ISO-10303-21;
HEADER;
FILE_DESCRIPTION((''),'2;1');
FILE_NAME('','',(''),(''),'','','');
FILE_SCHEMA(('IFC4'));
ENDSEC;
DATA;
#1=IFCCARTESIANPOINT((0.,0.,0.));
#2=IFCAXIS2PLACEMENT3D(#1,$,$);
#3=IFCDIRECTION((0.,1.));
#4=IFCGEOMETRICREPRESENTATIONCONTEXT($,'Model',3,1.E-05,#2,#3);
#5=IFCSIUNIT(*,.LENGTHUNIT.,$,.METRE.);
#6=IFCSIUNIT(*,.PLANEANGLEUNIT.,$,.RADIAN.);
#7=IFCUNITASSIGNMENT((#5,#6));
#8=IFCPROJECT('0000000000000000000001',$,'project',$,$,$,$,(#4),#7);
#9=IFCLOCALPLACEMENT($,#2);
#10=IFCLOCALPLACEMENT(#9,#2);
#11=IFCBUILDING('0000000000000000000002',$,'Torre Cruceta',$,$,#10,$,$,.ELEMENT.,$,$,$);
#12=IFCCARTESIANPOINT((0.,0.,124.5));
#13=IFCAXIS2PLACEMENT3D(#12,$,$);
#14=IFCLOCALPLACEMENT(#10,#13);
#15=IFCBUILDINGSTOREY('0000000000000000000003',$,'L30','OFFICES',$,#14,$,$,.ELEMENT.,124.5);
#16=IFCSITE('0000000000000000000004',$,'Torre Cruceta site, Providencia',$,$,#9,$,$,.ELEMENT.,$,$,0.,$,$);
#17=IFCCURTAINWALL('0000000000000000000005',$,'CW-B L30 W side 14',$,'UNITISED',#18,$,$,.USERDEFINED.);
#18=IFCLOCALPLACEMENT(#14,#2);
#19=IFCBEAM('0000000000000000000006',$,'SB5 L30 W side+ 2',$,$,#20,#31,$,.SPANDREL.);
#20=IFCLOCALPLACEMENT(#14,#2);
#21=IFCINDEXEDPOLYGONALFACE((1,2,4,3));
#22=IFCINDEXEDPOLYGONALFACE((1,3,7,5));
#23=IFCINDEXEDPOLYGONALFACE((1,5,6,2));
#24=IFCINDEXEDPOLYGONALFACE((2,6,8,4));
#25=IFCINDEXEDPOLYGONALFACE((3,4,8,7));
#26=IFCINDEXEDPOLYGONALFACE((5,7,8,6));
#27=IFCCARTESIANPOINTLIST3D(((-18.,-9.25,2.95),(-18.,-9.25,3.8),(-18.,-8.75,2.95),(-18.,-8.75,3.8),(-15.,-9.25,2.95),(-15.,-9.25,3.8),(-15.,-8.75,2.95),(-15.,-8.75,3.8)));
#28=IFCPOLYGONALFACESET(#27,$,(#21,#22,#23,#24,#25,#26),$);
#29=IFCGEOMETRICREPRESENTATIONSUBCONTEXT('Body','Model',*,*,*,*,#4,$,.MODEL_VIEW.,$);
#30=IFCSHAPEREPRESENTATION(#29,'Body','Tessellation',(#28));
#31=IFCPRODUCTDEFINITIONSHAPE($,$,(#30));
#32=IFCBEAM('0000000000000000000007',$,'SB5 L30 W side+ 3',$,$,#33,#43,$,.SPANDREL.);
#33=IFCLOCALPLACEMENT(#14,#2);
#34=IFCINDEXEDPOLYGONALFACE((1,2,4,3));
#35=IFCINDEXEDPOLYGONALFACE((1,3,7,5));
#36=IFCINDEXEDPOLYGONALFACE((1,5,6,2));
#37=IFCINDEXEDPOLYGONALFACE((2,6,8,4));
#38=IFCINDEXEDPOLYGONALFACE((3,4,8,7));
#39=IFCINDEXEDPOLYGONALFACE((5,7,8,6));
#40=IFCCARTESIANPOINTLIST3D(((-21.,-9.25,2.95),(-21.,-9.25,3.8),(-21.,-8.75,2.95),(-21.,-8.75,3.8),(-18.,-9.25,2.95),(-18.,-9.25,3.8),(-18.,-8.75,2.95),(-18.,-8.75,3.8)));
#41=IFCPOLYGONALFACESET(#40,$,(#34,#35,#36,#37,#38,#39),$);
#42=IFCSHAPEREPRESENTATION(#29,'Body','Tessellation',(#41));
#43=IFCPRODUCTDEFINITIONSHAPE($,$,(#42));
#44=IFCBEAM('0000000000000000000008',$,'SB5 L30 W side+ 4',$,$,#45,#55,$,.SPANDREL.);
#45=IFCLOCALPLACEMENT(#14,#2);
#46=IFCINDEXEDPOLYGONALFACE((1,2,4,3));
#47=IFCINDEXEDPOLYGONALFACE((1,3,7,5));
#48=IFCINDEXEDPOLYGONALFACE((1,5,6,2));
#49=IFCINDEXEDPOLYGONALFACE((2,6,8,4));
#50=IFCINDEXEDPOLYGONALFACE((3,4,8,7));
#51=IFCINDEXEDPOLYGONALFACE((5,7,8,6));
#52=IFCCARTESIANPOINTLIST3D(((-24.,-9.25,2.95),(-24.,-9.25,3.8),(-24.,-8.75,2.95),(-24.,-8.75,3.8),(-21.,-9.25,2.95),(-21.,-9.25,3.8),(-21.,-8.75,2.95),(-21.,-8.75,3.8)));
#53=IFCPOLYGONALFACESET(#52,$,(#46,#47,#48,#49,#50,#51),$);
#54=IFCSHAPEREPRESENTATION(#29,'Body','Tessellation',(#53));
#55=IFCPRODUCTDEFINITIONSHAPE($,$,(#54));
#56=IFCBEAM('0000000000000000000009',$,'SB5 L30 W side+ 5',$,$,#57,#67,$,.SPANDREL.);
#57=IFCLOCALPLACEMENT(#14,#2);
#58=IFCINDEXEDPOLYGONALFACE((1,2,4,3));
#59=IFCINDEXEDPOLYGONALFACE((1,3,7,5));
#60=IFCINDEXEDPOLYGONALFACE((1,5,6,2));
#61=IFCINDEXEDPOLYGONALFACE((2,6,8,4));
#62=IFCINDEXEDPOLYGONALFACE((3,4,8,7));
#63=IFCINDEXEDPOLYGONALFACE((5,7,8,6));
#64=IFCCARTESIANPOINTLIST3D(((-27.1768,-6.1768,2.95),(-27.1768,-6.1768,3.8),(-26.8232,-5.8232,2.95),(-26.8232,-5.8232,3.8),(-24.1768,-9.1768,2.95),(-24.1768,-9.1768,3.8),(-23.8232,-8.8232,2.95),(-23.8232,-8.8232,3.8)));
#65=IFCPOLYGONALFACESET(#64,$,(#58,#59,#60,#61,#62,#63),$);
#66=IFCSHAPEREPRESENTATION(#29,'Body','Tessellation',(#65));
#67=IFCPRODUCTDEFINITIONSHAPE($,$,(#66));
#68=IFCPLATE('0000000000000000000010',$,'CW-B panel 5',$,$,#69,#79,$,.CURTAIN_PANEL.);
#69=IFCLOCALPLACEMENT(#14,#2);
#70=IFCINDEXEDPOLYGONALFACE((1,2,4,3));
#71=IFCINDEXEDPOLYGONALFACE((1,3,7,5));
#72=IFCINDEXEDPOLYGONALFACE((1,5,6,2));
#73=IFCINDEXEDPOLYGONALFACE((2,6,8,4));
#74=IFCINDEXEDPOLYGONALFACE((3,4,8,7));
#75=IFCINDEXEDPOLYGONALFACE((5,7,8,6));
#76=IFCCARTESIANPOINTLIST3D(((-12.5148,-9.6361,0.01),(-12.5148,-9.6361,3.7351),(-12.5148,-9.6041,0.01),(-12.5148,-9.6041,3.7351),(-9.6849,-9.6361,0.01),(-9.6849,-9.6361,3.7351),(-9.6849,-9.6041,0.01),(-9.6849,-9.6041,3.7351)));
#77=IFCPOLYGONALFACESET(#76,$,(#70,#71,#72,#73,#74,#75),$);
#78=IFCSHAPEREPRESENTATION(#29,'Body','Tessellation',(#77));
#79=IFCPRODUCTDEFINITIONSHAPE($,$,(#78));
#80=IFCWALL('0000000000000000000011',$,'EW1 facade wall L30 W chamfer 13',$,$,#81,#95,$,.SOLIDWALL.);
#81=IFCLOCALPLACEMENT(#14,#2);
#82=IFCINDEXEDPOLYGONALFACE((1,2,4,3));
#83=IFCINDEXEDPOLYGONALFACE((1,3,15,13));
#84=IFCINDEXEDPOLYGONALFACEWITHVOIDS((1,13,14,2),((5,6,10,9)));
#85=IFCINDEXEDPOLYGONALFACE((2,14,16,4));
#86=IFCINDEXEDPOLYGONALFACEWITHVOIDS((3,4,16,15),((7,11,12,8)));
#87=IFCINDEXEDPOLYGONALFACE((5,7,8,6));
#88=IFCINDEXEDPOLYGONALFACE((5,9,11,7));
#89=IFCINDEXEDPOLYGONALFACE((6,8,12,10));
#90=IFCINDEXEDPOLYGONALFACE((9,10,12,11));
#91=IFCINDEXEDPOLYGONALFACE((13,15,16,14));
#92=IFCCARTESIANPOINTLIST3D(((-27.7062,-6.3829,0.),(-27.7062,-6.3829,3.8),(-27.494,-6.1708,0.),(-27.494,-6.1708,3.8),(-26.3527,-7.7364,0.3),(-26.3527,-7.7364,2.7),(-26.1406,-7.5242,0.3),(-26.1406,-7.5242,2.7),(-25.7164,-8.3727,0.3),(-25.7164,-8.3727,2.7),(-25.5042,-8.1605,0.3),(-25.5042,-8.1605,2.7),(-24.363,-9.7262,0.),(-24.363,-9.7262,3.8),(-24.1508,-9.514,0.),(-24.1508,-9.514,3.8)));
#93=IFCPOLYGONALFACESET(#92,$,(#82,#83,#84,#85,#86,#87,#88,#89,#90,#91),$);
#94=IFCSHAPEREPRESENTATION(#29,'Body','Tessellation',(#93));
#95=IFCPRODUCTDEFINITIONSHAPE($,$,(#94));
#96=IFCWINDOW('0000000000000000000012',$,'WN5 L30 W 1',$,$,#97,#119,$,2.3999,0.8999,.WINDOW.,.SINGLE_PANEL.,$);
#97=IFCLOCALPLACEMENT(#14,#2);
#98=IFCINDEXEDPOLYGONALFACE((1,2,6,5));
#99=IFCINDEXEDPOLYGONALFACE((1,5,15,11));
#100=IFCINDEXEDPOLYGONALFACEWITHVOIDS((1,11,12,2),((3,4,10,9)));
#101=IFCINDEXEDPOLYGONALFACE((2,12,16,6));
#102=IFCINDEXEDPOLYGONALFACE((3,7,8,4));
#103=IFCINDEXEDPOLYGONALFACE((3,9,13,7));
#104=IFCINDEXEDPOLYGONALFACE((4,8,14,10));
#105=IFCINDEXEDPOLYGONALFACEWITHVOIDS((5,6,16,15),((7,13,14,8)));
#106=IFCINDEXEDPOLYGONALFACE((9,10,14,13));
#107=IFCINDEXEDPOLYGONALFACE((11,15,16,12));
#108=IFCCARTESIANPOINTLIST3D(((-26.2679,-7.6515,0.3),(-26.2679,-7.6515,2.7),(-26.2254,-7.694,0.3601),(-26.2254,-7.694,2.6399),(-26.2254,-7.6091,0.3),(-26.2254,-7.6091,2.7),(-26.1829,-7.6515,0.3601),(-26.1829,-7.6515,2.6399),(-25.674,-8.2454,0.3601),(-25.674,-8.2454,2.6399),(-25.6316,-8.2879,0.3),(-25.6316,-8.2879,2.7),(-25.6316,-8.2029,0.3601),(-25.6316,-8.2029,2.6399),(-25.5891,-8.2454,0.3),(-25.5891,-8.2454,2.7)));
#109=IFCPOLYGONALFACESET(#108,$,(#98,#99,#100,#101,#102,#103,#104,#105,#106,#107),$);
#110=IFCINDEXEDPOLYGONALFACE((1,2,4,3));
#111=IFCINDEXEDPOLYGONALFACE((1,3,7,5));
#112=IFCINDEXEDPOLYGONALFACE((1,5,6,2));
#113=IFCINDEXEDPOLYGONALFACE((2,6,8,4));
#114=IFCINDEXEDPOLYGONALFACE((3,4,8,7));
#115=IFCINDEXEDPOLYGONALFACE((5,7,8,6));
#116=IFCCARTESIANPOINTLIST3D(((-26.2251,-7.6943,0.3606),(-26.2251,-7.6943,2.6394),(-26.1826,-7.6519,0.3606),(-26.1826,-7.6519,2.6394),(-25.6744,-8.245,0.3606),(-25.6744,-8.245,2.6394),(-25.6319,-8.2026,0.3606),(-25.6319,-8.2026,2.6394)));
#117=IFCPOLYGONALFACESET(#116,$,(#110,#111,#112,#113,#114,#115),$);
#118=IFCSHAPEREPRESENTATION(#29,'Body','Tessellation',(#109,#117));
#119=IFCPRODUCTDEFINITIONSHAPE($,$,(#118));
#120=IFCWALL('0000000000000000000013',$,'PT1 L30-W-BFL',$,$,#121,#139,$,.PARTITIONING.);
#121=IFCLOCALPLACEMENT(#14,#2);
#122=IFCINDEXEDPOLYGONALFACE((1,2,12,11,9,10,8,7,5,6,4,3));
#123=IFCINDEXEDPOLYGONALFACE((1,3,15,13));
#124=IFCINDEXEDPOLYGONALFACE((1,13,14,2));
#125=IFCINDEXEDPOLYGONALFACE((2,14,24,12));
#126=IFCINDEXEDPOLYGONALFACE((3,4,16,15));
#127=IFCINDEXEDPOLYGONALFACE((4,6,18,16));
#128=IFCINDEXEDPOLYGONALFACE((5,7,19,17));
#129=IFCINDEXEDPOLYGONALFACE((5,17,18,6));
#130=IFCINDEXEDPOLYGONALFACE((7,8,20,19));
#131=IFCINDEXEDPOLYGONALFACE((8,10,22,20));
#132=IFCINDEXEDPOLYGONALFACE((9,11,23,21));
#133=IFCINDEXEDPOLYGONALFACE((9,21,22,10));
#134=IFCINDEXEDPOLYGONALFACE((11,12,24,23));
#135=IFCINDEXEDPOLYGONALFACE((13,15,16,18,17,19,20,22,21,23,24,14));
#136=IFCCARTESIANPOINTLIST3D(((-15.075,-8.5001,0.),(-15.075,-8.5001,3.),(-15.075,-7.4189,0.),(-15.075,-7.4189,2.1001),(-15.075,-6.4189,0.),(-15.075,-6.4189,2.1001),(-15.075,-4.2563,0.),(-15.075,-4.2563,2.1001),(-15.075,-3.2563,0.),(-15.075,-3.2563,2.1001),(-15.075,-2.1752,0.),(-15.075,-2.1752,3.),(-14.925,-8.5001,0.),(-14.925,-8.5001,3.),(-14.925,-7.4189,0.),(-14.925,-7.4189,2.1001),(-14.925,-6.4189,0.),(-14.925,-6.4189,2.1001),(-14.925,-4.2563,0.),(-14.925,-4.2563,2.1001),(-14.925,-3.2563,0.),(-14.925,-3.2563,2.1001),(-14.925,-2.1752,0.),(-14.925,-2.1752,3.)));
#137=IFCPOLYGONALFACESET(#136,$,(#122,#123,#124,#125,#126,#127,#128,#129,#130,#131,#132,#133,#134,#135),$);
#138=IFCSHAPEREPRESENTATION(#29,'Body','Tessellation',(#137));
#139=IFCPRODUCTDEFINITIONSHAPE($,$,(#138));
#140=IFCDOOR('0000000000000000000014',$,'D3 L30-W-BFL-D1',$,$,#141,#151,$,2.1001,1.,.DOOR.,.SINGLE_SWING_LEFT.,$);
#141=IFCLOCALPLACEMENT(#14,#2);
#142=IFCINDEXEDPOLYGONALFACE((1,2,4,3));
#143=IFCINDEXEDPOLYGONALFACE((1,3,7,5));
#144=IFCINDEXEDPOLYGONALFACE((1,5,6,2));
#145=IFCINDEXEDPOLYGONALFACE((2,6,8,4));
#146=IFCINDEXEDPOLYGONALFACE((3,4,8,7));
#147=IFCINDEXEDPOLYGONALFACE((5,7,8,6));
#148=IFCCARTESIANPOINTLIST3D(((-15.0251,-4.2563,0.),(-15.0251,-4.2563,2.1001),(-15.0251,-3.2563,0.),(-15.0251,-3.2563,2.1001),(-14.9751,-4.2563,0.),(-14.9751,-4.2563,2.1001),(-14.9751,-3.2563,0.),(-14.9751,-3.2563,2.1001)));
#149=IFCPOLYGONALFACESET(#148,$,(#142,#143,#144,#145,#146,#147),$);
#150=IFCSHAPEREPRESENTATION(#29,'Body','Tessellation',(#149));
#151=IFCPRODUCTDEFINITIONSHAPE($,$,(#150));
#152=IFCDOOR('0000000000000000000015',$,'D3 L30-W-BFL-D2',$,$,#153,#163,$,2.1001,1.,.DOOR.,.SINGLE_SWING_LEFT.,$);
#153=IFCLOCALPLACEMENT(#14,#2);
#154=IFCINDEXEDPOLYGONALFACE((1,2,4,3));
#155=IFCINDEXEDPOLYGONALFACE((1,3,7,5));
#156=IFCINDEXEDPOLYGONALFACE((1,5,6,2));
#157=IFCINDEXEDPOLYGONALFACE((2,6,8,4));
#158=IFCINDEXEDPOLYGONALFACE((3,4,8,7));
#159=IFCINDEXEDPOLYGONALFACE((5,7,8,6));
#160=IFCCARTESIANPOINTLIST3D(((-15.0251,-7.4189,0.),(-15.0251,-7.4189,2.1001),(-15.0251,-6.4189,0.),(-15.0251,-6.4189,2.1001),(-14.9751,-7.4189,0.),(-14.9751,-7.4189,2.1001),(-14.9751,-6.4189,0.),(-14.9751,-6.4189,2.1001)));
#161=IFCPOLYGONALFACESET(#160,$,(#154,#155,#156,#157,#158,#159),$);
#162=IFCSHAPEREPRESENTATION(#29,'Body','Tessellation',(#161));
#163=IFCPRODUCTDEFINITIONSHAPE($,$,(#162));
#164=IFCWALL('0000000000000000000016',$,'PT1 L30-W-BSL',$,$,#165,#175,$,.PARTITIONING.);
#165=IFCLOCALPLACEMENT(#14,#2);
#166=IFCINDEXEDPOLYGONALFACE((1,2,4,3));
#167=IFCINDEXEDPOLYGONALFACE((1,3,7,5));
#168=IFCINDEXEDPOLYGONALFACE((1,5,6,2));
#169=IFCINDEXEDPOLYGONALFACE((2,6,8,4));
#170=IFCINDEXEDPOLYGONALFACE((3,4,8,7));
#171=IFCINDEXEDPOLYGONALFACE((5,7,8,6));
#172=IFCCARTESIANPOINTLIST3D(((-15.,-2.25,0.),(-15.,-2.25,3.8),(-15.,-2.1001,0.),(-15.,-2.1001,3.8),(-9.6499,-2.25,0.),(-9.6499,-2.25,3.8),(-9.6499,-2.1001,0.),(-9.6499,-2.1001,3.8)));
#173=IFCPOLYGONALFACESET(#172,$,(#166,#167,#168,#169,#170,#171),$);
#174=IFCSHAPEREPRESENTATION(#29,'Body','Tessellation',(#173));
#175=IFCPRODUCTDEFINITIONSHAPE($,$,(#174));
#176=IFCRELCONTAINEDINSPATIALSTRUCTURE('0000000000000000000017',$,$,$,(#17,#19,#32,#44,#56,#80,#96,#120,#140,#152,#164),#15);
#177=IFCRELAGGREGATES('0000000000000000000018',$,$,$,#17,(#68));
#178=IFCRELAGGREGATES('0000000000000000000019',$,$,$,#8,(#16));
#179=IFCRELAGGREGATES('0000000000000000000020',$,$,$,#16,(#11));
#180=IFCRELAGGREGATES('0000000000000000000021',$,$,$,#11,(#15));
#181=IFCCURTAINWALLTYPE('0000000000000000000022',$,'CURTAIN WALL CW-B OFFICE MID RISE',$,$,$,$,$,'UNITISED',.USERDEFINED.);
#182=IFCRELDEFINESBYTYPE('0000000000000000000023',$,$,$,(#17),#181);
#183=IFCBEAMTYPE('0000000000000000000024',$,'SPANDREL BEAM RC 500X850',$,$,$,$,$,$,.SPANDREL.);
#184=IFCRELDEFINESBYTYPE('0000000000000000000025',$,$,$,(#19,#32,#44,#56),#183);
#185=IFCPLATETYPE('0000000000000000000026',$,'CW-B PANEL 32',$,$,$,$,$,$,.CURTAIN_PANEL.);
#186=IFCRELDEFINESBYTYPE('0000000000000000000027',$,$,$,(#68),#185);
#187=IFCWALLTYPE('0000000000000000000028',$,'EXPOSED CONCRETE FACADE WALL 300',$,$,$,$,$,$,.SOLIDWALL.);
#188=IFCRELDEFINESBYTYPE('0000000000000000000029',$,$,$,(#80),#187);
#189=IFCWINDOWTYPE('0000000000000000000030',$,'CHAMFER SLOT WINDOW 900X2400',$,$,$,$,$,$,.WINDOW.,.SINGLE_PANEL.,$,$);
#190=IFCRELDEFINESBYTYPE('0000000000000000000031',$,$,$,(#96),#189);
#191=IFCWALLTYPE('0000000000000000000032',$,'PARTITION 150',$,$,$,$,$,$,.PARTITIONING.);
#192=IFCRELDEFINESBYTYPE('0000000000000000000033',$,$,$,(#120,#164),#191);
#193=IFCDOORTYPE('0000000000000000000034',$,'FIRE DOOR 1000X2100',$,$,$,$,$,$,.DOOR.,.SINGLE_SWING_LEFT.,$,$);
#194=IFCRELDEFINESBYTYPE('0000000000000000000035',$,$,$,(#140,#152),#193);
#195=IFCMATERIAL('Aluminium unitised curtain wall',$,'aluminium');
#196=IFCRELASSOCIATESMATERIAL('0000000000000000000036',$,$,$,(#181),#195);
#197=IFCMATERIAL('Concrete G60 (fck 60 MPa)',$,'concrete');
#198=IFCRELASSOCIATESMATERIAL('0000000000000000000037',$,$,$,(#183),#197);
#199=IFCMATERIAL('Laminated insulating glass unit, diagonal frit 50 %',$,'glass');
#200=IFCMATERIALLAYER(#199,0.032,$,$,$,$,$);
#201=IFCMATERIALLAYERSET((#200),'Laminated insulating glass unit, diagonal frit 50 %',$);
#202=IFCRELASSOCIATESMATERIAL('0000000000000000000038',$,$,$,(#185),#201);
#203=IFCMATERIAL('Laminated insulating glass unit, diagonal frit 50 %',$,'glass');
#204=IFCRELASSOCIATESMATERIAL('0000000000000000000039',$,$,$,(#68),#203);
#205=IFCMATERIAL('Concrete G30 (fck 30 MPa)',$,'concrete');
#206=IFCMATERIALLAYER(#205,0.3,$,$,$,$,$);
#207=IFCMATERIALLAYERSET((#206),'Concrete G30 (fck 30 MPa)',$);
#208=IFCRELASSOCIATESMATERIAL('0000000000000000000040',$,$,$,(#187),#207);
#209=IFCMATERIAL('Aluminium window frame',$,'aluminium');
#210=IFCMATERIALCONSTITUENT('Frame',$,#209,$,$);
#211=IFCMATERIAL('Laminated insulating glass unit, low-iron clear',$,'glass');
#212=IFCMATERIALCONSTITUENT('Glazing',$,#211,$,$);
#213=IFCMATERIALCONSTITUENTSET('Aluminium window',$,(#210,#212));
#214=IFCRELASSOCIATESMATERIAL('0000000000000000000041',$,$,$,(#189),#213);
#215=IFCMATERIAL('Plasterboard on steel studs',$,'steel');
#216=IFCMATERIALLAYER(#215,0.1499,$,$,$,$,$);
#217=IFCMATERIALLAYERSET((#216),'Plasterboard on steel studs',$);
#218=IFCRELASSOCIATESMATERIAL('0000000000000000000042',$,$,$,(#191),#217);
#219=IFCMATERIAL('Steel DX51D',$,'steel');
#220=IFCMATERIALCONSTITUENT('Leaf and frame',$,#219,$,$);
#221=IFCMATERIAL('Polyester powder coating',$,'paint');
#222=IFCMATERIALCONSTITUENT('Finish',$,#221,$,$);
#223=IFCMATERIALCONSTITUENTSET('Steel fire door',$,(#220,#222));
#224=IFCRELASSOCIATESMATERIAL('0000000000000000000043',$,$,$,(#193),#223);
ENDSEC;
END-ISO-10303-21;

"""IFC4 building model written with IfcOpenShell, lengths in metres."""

from ifc_helpers import new_model, si_unit, direction, frame, frame_2d, origin, origin_2d, place, context, subcontext, project, spatial, rectangle, hollow_rectangle, extrude, material, layer, layer_set, constituent, constituent_set, material_profile, profile_set, type_object, element, fill, aggregate, save


model = new_model("IFC4")

# Units and contexts
model_context = context("Model", 3, precision=1e-05, world=origin(), true_north=direction((0.0, 1.0)))
body_context = subcontext(model_context, "Body", "Model", "MODEL_VIEW")
ifc_project = project(units=[si_unit("LENGTHUNIT", "METRE"), si_unit("PLANEANGLEUNIT", "RADIAN")], contexts=[model_context])

# Site, building, storey
site_placement = place(None, origin())
site = spatial("IfcSite", under=ifc_project, at=site_placement, Name="Torre Cruceta site, Providencia", CompositionType="ELEMENT", RefElevation=0.0)
building_placement = place(site_placement, origin())
building = spatial("IfcBuilding", under=site, at=building_placement, Name="Torre Cruceta", CompositionType="ELEMENT")
storey_placement = place(building_placement, frame((0.0, 0.0, 124.5)))
storey = spatial("IfcBuildingStorey", under=building, at=storey_placement, Name="L30", Description="OFFICES", CompositionType="ELEMENT", Elevation=124.5)

# Curtain wall
ifc_material_1 = material(Name="Aluminium unitised curtain wall", Category="aluminium")
curtain_wall_type = type_object("IfcCurtainWallType", Name="CURTAIN WALL CW-B OFFICE MID RISE", ElementType="UNITISED", PredefinedType="USERDEFINED", material=ifc_material_1)
curtain_wall_placement = place(storey_placement, origin())
curtain_wall = element("IfcCurtainWall", 1, at=curtain_wall_placement, inside=storey, type_object=curtain_wall_type, Name="CW-B L30 W side 14", ObjectType="UNITISED", PredefinedType="USERDEFINED")

# Beams
ifc_material_2 = material(Name="Concrete G60 (fck 60 MPa)", Category="concrete")
ifc_material_profile_1 = material_profile(ifc_material_2, rectangle(XDim=0.5, YDim=0.8501, at=origin_2d()), Name="RC 500X850")
ifc_profile_set_1 = profile_set([ifc_material_profile_1], Name="Concrete G60 (fck 60 MPa)")
beam_type_1 = type_object("IfcBeamType", Name="SPANDREL BEAM RC 500X850", PredefinedType="SPANDREL", material=ifc_profile_set_1)
for number, where, z_axis, x_axis, name in (
    (2, (-15.0, -9.0, 3.375), (-1.0, 0.0, 0.0), (0.0, -1.0, 0.0), "SB5 L30 W side+ 2"),
    (3, (-18.0, -9.0, 3.375), (-1.0, 0.0, 0.0), (0.0, -1.0, 0.0), "SB5 L30 W side+ 3"),
    (4, (-21.0, -9.0, 3.375), (-1.0, 0.0, 0.0), (0.0, -1.0, 0.0), "SB5 L30 W side+ 4"),
):
    element("IfcBeam", number, at=place(storey_placement, frame(where, z_axis=z_axis, x_axis=x_axis)), inside=storey, type_object=beam_type_1, Name=name, PredefinedType="SPANDREL", context=body_context, shape_type="SweptSolid", body=[
        extrude(rectangle(XDim=0.5, YDim=0.8501, at=origin_2d()), origin(), (0.0, 0.0, 1.0), 3.0),
    ])
beam_1_placement = place(storey_placement, frame((-24.0, -9.0, 3.375), z_axis=(-0.707107, 0.707107, 0.0), x_axis=(-0.707107, -0.707107, 0.0)))
element("IfcBeam", 5, at=beam_1_placement, inside=storey, type_object=beam_type_1, Name="SB5 L30 W side+ 5", PredefinedType="SPANDREL", context=body_context, shape_type="SweptSolid", body=[
    extrude(rectangle(XDim=0.5, YDim=0.8501, at=origin_2d()), origin(), (0.0, 0.0, 1.0), 4.2427),
])

# Plate
ifc_material_3 = material(Name="Laminated insulating glass unit, diagonal frit 50 %", Category="glass")
ifc_material_4 = material(Name="Laminated insulating glass unit, diagonal frit 50 %", Category="glass")
ifc_layer_1 = layer(ifc_material_4, 0.032)
ifc_layer_set_1 = layer_set([ifc_layer_1], Name="Laminated insulating glass unit, diagonal frit 50 %")
plate_type = type_object("IfcPlateType", Name="CW-B PANEL 32", PredefinedType="CURTAIN_PANEL", material=ifc_layer_set_1)
plate_placement = place(storey_placement, frame((-11.0999, -9.6201, 0.01), z_axis=(0.0, 0.0, 1.0), x_axis=(1.0, 0.0, 0.0)))
plate = element("IfcPlate", 6, at=plate_placement, type_object=plate_type, material=ifc_material_3, Name="CW-B panel 5", PredefinedType="CURTAIN_PANEL", context=body_context, shape_type="SweptSolid", body=[
    extrude(rectangle(XDim=2.8298, YDim=0.032, at=origin_2d()), origin(), (0.0, 0.0, 1.0), 3.7251),
])
aggregate(curtain_wall, [plate])

# Wall, opening, window
ifc_material_5 = material(Name="Concrete G30 (fck 30 MPa)", Category="concrete")
ifc_layer_2 = layer(ifc_material_5, 0.3)
ifc_layer_set_2 = layer_set([ifc_layer_2], Name="Concrete G30 (fck 30 MPa)")
wall_type_1 = type_object("IfcWallType", Name="EXPOSED CONCRETE FACADE WALL 300", PredefinedType="SOLIDWALL", material=ifc_layer_set_2)
wall_1_placement = place(storey_placement, frame((-27.6001, -6.2769, 0.0), z_axis=(0.0, 0.0, 1.0), x_axis=(0.707107, -0.707107, 0.0)))
wall_1 = element("IfcWall", 7, at=wall_1_placement, inside=storey, type_object=wall_type_1, Name="EW1 facade wall L30 W chamfer 13", PredefinedType="SOLIDWALL", context=body_context, shape_type="SweptSolid", body=[
    extrude(rectangle(XDim=4.728, YDim=0.3, at=frame_2d((2.364, 0.0))), origin(), (0.0, 0.0, 1.0), 3.8),
])
opening_1_placement = place(wall_1_placement, frame((1.9141, 0.0, 0.3)))
opening_1 = element("IfcOpeningElement", 8, at=opening_1_placement, cuts=wall_1, PredefinedType="OPENING", context=body_context, shape_type="SweptSolid", body=[
    extrude(rectangle(XDim=0.8999, YDim=2.3999, at=frame_2d((0.45, 1.2))), frame((0.0, 0.1599, 0.0), z_axis=(0.0, -1.0, 0.0), x_axis=(1.0, 0.0, 0.0)), (0.0, 0.0, 1.0), 0.3201),
])
ifc_material_6 = material(Name="Aluminium window frame", Category="aluminium")
ifc_constituent_1 = constituent(ifc_material_6, Name="Frame")
ifc_material_7 = material(Name="Laminated insulating glass unit, low-iron clear", Category="glass")
ifc_constituent_2 = constituent(ifc_material_7, Name="Glazing")
ifc_constituent_set_1 = constituent_set(constituents=[ifc_constituent_1, ifc_constituent_2], Name="Aluminium window")
window_type = type_object("IfcWindowType", Name="CHAMFER SLOT WINDOW 900X2400", PartitioningType="SINGLE_PANEL", PredefinedType="WINDOW", material=ifc_constituent_set_1)
window_placement = place(opening_1_placement, origin())
window = element("IfcWindow", 9, at=window_placement, inside=storey, type_object=window_type, Name="WN5 L30 W 1", OverallHeight=2.3999, OverallWidth=0.8999, PartitioningType="SINGLE_PANEL", PredefinedType="WINDOW", context=body_context, shape_type="SweptSolid", body=[
    extrude(hollow_rectangle(XDim=0.8999, YDim=2.3999, WallThickness=0.0601, at=frame_2d((0.45, 1.2))), frame((0.0, 0.03, 0.0), z_axis=(0.0, -1.0, 0.0), x_axis=(1.0, 0.0, 0.0)), (0.0, 0.0, 1.0), 0.0601),
    extrude(rectangle(XDim=0.7788, YDim=2.2788, at=frame_2d((0.45, 1.2))), frame((0.0, 0.03, 0.0), z_axis=(0.0, -1.0, 0.0), x_axis=(1.0, 0.0, 0.0)), (0.0, 0.0, 1.0), 0.0601),
])
fill(opening_1, window)

# Wall, openings, doors
ifc_material_8 = material(Name="Plasterboard on steel studs", Category="steel")
ifc_layer_3 = layer(ifc_material_8, 0.1499)
ifc_layer_set_3 = layer_set([ifc_layer_3], Name="Plasterboard on steel studs")
wall_type_2 = type_object("IfcWallType", Name="PARTITION 150", PredefinedType="PARTITIONING", material=ifc_layer_set_3)
wall_2_placement = place(storey_placement, frame((-15.0, -2.175, 0.0), z_axis=(0.0, 0.0, 1.0), x_axis=(0.0, -1.0, 0.0)))
wall_2 = element("IfcWall", 10, at=wall_2_placement, inside=storey, type_object=wall_type_2, Name="PT1 L30-W-BFL", PredefinedType="PARTITIONING", context=body_context, shape_type="SweptSolid", body=[
    extrude(rectangle(XDim=6.325, YDim=0.1499, at=frame_2d((3.1626, 0.0))), origin(), (0.0, 0.0, 1.0), 3.0),
])
opening_2_placement = place(wall_2_placement, frame((1.0813, 0.0, 0.0)))
opening_2 = element("IfcOpeningElement", 11, at=opening_2_placement, cuts=wall_2, PredefinedType="OPENING", context=body_context, shape_type="SweptSolid", body=[
    extrude(rectangle(XDim=1.0, YDim=2.1001, at=frame_2d((0.5, 1.05))), frame((0.0, 0.085, 0.0), z_axis=(0.0, -1.0, 0.0), x_axis=(1.0, 0.0, 0.0)), (0.0, 0.0, 1.0), 0.1699),
])
opening_3_placement = place(wall_2_placement, frame((4.2439, 0.0, 0.0)))
opening_3 = element("IfcOpeningElement", 12, at=opening_3_placement, cuts=wall_2, PredefinedType="OPENING", context=body_context, shape_type="SweptSolid", body=[
    extrude(rectangle(XDim=1.0, YDim=2.1001, at=frame_2d((0.5, 1.05))), frame((0.0, 0.085, 0.0), z_axis=(0.0, -1.0, 0.0), x_axis=(1.0, 0.0, 0.0)), (0.0, 0.0, 1.0), 0.1699),
])
ifc_material_9 = material(Name="Steel DX51D", Category="steel")
ifc_constituent_3 = constituent(ifc_material_9, Name="Leaf and frame")
ifc_material_10 = material(Name="Polyester powder coating", Category="paint")
ifc_constituent_4 = constituent(ifc_material_10, Name="Finish")
ifc_constituent_set_2 = constituent_set(constituents=[ifc_constituent_3, ifc_constituent_4], Name="Steel fire door")
door_type_1 = type_object("IfcDoorType", Name="FIRE DOOR 1000X2100", OperationType="SINGLE_SWING_LEFT", PredefinedType="DOOR", material=ifc_constituent_set_2)
door_1_placement = place(opening_2_placement, origin())
door_1 = element("IfcDoor", 13, at=door_1_placement, inside=storey, type_object=door_type_1, Name="D3 L30-W-BFL-D1", OperationType="SINGLE_SWING_LEFT", OverallHeight=2.1001, OverallWidth=1.0, PredefinedType="DOOR", context=body_context, shape_type="SweptSolid", body=[
    extrude(rectangle(XDim=1.0, YDim=2.1001, at=frame_2d((0.5, 1.05))), frame((0.0, 0.0249, 0.0), z_axis=(0.0, -1.0, 0.0), x_axis=(1.0, 0.0, 0.0)), (0.0, 0.0, 1.0), 0.05),
])
fill(opening_2, door_1)
door_2_placement = place(opening_3_placement, origin())
door_2 = element("IfcDoor", 14, at=door_2_placement, inside=storey, type_object=door_type_1, Name="D3 L30-W-BFL-D2", OperationType="SINGLE_SWING_LEFT", OverallHeight=2.1001, OverallWidth=1.0, PredefinedType="DOOR", context=body_context, shape_type="SweptSolid", body=[
    extrude(rectangle(XDim=1.0, YDim=2.1001, at=frame_2d((0.5, 1.05))), frame((0.0, 0.0249, 0.0), z_axis=(0.0, -1.0, 0.0), x_axis=(1.0, 0.0, 0.0)), (0.0, 0.0, 1.0), 0.05),
])
fill(opening_3, door_2)

# Wall
wall_3_placement = place(storey_placement, frame((-9.6499, -2.175, 0.0), z_axis=(0.0, 0.0, 1.0), x_axis=(-1.0, 0.0, 0.0)))
element("IfcWall", 15, at=wall_3_placement, inside=storey, type_object=wall_type_2, Name="PT1 L30-W-BSL", PredefinedType="PARTITIONING", context=body_context, shape_type="SweptSolid", body=[
    extrude(rectangle(XDim=5.3501, YDim=0.1499, at=frame_2d((2.675, 0.0))), origin(), (0.0, 0.0, 1.0), 3.8),
])

save(model, "model.ifc")
